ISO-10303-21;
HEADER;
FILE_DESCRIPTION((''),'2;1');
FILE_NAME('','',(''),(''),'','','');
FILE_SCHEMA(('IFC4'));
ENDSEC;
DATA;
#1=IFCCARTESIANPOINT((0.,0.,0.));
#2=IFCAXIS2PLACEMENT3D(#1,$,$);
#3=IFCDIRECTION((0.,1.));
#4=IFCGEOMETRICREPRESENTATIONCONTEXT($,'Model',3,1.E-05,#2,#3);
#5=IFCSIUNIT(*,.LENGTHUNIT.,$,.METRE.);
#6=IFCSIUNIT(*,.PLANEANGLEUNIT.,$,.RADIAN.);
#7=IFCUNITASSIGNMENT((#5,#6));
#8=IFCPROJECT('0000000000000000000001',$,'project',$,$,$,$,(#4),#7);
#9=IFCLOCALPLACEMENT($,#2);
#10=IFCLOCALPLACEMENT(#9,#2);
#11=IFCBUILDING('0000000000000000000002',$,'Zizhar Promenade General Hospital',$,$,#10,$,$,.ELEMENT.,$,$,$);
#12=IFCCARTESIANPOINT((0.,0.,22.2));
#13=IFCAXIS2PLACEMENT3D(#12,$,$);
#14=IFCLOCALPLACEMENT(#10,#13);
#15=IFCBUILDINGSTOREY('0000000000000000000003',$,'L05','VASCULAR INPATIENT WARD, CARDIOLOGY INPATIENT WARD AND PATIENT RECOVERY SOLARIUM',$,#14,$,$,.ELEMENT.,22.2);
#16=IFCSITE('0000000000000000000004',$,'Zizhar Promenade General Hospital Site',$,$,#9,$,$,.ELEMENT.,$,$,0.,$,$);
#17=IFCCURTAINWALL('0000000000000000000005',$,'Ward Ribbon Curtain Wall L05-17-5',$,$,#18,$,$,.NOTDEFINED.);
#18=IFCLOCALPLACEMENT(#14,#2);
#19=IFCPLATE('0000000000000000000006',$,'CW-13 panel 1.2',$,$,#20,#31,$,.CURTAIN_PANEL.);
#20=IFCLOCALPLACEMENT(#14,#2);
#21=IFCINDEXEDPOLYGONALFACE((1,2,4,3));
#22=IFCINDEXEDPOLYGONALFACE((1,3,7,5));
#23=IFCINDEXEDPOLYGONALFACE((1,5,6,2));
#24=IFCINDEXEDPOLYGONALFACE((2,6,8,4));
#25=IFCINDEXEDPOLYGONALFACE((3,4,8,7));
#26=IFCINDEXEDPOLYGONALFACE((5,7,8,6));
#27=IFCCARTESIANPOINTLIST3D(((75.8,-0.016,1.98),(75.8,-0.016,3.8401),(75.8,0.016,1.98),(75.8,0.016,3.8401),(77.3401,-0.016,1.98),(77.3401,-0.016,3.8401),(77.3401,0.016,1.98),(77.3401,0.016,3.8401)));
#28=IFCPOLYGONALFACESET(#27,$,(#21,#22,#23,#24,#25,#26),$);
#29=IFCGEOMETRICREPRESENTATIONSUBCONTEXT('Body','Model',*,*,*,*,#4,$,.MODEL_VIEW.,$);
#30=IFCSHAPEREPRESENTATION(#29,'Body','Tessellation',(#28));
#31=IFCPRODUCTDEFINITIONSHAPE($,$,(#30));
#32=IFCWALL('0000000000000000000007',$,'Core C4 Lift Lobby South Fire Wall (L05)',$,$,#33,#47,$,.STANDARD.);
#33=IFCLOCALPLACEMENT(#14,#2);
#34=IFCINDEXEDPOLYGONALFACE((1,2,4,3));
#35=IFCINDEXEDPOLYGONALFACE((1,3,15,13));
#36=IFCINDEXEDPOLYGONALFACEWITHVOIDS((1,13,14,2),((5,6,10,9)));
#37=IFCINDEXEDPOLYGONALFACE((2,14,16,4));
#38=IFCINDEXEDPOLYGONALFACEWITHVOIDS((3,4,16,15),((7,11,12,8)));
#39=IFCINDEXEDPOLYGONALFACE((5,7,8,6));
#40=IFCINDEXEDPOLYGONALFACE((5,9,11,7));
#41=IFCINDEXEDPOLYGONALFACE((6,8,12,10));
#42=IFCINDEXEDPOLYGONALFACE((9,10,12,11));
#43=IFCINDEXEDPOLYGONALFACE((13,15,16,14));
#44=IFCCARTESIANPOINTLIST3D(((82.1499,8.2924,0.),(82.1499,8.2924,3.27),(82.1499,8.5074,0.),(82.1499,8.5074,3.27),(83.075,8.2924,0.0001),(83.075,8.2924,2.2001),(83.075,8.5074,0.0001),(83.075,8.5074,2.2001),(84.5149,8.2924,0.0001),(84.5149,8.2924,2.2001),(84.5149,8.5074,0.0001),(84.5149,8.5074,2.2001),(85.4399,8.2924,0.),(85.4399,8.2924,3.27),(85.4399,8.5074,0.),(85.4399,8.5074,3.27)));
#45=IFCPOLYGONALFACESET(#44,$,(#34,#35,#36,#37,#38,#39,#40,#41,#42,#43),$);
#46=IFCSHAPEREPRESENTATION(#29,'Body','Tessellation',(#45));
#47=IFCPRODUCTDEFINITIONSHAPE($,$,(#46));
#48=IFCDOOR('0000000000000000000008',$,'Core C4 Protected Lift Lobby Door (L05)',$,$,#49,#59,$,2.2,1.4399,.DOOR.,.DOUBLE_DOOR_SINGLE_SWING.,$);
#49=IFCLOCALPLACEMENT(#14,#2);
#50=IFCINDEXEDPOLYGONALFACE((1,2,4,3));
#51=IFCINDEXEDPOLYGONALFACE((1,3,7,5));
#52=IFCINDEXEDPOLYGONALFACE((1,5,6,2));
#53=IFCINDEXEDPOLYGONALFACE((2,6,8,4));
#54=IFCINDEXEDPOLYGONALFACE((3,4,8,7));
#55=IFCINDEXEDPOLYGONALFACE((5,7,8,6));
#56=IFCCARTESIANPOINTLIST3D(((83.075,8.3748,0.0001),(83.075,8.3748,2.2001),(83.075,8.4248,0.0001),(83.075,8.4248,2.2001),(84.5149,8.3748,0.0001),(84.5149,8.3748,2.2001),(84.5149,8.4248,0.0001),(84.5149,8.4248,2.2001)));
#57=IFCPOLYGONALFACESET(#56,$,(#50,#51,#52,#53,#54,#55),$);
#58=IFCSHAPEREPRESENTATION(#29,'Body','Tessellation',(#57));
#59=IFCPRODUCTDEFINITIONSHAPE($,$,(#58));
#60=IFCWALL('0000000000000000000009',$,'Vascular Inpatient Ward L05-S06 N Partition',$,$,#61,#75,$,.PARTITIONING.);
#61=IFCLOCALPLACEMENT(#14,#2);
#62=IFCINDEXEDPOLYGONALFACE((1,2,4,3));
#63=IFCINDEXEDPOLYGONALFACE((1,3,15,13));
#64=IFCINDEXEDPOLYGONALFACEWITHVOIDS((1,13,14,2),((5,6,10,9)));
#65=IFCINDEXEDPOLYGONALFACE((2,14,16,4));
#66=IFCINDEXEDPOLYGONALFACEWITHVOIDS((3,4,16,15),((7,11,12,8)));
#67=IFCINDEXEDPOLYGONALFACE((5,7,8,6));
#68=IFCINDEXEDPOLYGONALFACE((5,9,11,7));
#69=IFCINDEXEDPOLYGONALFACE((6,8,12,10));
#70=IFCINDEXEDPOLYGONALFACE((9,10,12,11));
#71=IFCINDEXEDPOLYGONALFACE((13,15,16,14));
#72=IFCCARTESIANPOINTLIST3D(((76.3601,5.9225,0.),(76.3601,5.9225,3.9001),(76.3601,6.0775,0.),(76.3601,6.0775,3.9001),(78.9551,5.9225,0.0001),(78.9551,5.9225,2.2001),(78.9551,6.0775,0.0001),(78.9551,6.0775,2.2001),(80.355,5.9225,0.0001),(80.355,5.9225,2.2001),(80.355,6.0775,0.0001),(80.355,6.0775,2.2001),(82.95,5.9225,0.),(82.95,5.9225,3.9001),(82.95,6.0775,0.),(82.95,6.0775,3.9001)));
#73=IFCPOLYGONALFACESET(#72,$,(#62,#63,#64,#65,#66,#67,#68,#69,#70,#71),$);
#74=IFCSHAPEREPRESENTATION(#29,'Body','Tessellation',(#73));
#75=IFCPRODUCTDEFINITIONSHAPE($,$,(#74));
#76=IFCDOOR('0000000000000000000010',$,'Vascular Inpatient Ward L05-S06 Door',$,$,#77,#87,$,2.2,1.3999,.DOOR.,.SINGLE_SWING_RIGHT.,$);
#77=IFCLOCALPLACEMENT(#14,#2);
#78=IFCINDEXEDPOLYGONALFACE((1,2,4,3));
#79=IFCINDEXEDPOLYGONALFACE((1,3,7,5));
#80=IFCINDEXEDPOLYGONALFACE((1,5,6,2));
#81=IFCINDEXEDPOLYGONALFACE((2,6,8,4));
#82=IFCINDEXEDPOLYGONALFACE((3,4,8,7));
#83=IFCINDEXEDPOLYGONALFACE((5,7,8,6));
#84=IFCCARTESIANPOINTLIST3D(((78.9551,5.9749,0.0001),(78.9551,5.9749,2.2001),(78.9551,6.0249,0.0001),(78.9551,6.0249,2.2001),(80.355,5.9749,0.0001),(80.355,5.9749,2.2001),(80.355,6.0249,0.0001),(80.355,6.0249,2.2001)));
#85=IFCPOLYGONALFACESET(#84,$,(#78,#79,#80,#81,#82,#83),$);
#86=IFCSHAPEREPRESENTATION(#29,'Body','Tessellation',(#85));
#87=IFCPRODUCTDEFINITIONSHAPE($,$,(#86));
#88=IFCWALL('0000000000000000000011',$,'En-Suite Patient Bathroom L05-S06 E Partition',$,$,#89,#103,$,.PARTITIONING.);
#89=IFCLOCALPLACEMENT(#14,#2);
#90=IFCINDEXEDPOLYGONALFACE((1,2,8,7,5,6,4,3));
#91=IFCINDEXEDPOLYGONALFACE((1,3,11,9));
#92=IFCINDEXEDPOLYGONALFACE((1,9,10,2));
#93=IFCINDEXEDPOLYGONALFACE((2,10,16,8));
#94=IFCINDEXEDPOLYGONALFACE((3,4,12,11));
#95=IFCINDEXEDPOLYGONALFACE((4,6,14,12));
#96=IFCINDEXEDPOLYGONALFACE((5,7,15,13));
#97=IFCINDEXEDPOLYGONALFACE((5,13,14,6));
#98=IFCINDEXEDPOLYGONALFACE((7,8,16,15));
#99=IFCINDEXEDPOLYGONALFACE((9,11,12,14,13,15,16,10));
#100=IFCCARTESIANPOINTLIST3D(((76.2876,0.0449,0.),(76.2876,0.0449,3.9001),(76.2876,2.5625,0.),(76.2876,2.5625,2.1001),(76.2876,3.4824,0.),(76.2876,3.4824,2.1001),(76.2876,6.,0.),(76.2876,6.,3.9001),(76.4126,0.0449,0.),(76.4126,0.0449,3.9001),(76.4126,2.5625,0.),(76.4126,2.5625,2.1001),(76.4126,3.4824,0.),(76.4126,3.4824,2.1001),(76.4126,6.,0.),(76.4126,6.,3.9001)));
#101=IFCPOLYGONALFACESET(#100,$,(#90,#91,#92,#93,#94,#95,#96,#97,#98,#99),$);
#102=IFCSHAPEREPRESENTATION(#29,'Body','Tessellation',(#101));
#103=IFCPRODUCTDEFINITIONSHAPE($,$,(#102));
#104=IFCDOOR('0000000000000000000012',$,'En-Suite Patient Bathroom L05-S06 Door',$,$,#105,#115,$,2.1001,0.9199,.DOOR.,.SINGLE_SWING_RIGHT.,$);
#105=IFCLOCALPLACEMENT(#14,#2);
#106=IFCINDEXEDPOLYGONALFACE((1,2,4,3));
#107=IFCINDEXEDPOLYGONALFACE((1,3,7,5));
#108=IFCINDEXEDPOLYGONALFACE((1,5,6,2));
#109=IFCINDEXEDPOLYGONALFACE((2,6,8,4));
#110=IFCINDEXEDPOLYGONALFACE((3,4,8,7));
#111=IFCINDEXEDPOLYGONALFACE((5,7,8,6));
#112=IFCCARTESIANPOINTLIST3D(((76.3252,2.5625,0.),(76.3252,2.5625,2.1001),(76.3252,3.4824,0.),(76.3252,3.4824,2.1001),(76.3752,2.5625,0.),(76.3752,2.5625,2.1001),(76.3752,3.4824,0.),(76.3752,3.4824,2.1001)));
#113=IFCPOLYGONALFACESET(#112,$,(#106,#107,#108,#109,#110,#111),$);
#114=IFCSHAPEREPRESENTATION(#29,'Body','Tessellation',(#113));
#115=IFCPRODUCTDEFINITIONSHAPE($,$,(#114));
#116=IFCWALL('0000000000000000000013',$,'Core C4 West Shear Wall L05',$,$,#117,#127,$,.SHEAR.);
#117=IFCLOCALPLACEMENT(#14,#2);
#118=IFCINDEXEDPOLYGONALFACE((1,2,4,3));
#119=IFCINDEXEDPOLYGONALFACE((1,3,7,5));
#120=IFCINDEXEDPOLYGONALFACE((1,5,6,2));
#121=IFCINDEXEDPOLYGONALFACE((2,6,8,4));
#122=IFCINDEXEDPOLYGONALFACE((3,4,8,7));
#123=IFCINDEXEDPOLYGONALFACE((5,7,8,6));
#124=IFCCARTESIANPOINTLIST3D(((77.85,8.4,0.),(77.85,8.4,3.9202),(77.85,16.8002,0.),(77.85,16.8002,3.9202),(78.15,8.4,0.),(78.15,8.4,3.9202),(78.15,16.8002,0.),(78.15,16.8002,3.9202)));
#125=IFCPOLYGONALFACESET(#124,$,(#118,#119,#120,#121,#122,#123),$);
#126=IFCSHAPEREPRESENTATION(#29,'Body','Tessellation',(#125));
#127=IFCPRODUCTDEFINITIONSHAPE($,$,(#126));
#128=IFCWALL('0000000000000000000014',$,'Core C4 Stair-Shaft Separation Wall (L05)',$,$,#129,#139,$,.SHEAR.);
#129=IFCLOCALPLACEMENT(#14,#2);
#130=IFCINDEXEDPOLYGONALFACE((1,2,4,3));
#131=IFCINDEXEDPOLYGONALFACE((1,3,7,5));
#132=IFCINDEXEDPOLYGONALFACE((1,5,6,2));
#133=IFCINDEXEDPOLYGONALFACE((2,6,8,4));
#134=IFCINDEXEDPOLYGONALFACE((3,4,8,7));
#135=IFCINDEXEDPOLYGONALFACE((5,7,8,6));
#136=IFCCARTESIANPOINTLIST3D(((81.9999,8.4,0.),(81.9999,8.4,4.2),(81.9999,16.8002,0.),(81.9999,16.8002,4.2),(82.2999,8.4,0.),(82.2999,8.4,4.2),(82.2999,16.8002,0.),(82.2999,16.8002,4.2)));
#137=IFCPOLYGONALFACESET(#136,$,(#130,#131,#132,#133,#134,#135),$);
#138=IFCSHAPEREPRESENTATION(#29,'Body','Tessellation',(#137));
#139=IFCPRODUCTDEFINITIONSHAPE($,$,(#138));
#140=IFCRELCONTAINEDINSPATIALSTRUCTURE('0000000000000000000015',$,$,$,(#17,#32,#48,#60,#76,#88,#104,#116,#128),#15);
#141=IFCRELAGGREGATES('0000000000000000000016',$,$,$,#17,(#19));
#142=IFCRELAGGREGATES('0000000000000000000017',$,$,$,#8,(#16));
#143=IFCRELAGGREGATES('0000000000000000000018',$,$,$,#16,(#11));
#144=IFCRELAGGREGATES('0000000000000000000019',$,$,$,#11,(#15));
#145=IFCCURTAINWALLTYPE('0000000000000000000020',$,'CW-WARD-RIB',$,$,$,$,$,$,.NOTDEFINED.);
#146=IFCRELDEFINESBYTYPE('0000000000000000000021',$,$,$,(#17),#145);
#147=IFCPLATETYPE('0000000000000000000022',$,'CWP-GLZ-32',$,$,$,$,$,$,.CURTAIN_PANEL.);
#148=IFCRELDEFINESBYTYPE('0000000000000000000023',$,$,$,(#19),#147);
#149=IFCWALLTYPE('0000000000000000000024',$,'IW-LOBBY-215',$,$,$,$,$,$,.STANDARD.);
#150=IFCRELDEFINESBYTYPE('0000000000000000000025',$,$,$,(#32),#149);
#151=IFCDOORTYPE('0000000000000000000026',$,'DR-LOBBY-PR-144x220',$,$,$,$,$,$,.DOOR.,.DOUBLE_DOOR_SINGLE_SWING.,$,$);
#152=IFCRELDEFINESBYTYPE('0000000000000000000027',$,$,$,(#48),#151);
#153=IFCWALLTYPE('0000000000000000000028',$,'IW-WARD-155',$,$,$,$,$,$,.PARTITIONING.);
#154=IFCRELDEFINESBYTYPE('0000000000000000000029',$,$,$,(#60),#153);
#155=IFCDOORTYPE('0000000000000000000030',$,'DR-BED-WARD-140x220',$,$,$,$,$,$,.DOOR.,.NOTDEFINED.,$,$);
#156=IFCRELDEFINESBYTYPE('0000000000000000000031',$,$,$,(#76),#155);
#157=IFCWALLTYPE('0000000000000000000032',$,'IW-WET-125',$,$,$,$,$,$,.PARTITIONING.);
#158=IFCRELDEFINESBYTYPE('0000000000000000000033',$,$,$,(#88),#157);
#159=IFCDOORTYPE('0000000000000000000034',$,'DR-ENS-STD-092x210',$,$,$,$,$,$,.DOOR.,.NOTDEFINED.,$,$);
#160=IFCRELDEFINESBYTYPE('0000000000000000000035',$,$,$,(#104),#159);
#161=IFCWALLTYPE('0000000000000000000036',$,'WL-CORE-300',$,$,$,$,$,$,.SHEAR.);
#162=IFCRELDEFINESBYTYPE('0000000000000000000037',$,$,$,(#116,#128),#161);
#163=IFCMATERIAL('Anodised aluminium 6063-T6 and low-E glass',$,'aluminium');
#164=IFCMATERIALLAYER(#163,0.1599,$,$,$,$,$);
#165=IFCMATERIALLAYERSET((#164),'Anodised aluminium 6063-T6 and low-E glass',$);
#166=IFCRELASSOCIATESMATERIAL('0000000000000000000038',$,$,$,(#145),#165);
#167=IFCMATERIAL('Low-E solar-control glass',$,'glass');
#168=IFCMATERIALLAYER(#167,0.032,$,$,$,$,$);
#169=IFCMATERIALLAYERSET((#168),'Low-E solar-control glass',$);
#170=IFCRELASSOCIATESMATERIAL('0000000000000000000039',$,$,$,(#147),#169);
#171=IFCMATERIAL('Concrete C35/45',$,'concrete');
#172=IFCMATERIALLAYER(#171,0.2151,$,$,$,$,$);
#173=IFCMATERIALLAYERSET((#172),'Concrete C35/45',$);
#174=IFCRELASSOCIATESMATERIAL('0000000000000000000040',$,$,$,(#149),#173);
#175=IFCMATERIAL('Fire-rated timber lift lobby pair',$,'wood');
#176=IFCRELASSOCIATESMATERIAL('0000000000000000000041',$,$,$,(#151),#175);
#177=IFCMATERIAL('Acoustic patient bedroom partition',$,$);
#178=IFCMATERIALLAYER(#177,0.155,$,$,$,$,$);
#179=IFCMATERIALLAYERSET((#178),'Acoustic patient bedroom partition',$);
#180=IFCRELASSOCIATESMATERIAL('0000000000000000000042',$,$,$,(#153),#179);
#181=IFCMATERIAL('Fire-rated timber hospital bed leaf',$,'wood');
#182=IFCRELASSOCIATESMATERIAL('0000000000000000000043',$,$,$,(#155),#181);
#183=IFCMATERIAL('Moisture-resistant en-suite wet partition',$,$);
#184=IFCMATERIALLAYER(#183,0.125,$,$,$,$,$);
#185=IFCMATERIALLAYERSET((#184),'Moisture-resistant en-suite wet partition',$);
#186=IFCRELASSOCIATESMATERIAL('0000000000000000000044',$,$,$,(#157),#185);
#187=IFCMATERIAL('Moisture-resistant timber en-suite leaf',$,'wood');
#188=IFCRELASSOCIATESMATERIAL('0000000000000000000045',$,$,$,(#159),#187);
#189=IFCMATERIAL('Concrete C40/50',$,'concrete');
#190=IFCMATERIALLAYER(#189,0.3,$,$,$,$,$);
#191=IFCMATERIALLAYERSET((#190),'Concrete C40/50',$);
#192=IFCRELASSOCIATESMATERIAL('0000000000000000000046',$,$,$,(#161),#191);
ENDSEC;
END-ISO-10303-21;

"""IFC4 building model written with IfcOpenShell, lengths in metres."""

from ifc_helpers import new_model, si_unit, direction, frame, frame_2d, origin, origin_2d, place, context, subcontext, project, spatial, rectangle, extrude, material, layer, layer_set, type_object, element, fill, aggregate, save


model = new_model("IFC4")

# Units and contexts
model_context = context("Model", 3, precision=1e-05, world=origin(), true_north=direction((0.0, 1.0)))
body_context = subcontext(model_context, "Body", "Model", "MODEL_VIEW")
ifc_project = project(units=[si_unit("LENGTHUNIT", "METRE"), si_unit("PLANEANGLEUNIT", "RADIAN")], contexts=[model_context])

# Site, building, storey
site_placement = place(None, origin())
site = spatial("IfcSite", under=ifc_project, at=site_placement, Name="Zizhar Promenade General Hospital Site", CompositionType="ELEMENT", RefElevation=0.0)
building_placement = place(site_placement, origin())
building = spatial("IfcBuilding", under=site, at=building_placement, Name="Zizhar Promenade General Hospital", CompositionType="ELEMENT")
storey_placement = place(building_placement, frame((0.0, 0.0, 22.2)))
storey = spatial("IfcBuildingStorey", under=building, at=storey_placement, Name="L05", Description="VASCULAR INPATIENT WARD, CARDIOLOGY INPATIENT WARD AND PATIENT RECOVERY SOLARIUM", CompositionType="ELEMENT", Elevation=22.2)

# Shared definitions
ifc_material_1 = material(Name="Anodised aluminium 6063-T6 and low-E glass", Category="aluminium")
ifc_layer_1 = layer(ifc_material_1, 0.1599)
ifc_layer_set_1 = layer_set([ifc_layer_1], Name="Anodised aluminium 6063-T6 and low-E glass")
curtain_wall_type = type_object("IfcCurtainWallType", Name="CW-WARD-RIB", PredefinedType="NOTDEFINED", material=ifc_layer_set_1)

# Curtain wall
curtain_wall_1_placement = place(storey_placement, origin())
curtain_wall_1 = element("IfcCurtainWall", 1, at=curtain_wall_1_placement, inside=storey, type_object=curtain_wall_type, Name="Ward Ribbon Curtain Wall L05-17-5", PredefinedType="NOTDEFINED")

# Plate
ifc_material_2 = material(Name="Low-E solar-control glass", Category="glass")
ifc_layer_2 = layer(ifc_material_2, 0.032)
ifc_layer_set_2 = layer_set([ifc_layer_2], Name="Low-E solar-control glass")
plate_type = type_object("IfcPlateType", Name="CWP-GLZ-32", PredefinedType="CURTAIN_PANEL", material=ifc_layer_set_2)
plate_1_placement = place(storey_placement, frame((76.5701, 0.0, 1.98), z_axis=(0.0, 0.0, 1.0), x_axis=(-1.0, 0.0, 0.0)))
plate_1 = element("IfcPlate", 2, at=plate_1_placement, type_object=plate_type, Name="CW-13 panel 1.2", PredefinedType="CURTAIN_PANEL", context=body_context, shape_type="SweptSolid", body=[
    extrude(rectangle(XDim=1.54, YDim=0.032, at=origin_2d()), origin(), (0.0, 0.0, 1.0), 1.8601),
])
aggregate(curtain_wall_1, [plate_1])

# Walls, openings, doors
ifc_material_3 = material(Name="Concrete C35/45", Category="concrete")
ifc_layer_3 = layer(ifc_material_3, 0.2151)
ifc_layer_set_3 = layer_set([ifc_layer_3], Name="Concrete C35/45")
wall_type_1 = type_object("IfcWallType", Name="IW-LOBBY-215", PredefinedType="STANDARD", material=ifc_layer_set_3)
wall_1_placement = place(storey_placement, frame((82.1499, 8.3999, 0.0), z_axis=(0.0, 0.0, 1.0), x_axis=(1.0, 0.0, 0.0)))
wall_1 = element("IfcWall", 3, at=wall_1_placement, inside=storey, type_object=wall_type_1, Name="Core C4 Lift Lobby South Fire Wall (L05)", PredefinedType="STANDARD", context=body_context, shape_type="SweptSolid", body=[
    extrude(rectangle(XDim=3.29, YDim=0.2151, at=frame_2d((1.645, 0.0))), origin(), (0.0, 0.0, 1.0), 3.27),
])
opening_1_placement = place(wall_1_placement, frame((0.925, 0.0, 0.0)))
opening_1 = element("IfcOpeningElement", 4, at=opening_1_placement, cuts=wall_1, PredefinedType="OPENING", context=body_context, shape_type="SweptSolid", body=[
    extrude(rectangle(XDim=1.4399, YDim=2.2, at=frame_2d((0.72, 1.1001))), frame((0.0, 0.1177, 0.0), z_axis=(0.0, -1.0, 0.0), x_axis=(1.0, 0.0, 0.0)), (0.0, 0.0, 1.0), 0.2351),
])
ifc_material_4 = material(Name="Fire-rated timber lift lobby pair", Category="wood")
door_type_1 = type_object("IfcDoorType", Name="DR-LOBBY-PR-144x220", OperationType="DOUBLE_DOOR_SINGLE_SWING", PredefinedType="DOOR", material=ifc_material_4)
door_1_placement = place(opening_1_placement, origin())
door_1 = element("IfcDoor", 5, at=door_1_placement, inside=storey, type_object=door_type_1, Name="Core C4 Protected Lift Lobby Door (L05)", OperationType="DOUBLE_DOOR_SINGLE_SWING", OverallHeight=2.2, OverallWidth=1.4399, PredefinedType="DOOR", context=body_context, shape_type="SweptSolid", body=[
    extrude(rectangle(XDim=1.4399, YDim=2.2, at=frame_2d((0.72, 1.1001))), frame((0.0, 0.0249, 0.0), z_axis=(0.0, -1.0, 0.0), x_axis=(1.0, 0.0, 0.0)), (0.0, 0.0, 1.0), 0.05),
])
fill(opening_1, door_1)
ifc_material_5 = material(Name="Acoustic patient bedroom partition")
ifc_layer_4 = layer(ifc_material_5, 0.155)
ifc_layer_set_4 = layer_set([ifc_layer_4], Name="Acoustic patient bedroom partition")
wall_type_2 = type_object("IfcWallType", Name="IW-WARD-155", PredefinedType="PARTITIONING", material=ifc_layer_set_4)
wall_2_placement = place(storey_placement, frame((76.3601, 6.0, 0.0), z_axis=(0.0, 0.0, 1.0), x_axis=(1.0, 0.0, 0.0)))
wall_2 = element("IfcWall", 6, at=wall_2_placement, inside=storey, type_object=wall_type_2, Name="Vascular Inpatient Ward L05-S06 N Partition", PredefinedType="PARTITIONING", context=body_context, shape_type="SweptSolid", body=[
    extrude(rectangle(XDim=6.5898, YDim=0.155, at=frame_2d((3.2949, 0.0))), origin(), (0.0, 0.0, 1.0), 3.9001),
])
opening_2_placement = place(wall_2_placement, frame((2.595, 0.0, 0.0)))
opening_2 = element("IfcOpeningElement", 7, at=opening_2_placement, cuts=wall_2, PredefinedType="OPENING", context=body_context, shape_type="SweptSolid", body=[
    extrude(rectangle(XDim=1.3999, YDim=2.2, at=frame_2d((0.7, 1.1001))), frame((0.0, 0.0874, 0.0), z_axis=(0.0, -1.0, 0.0), x_axis=(1.0, 0.0, 0.0)), (0.0, 0.0, 1.0), 0.175),
])
ifc_material_6 = material(Name="Fire-rated timber hospital bed leaf", Category="wood")
door_type_2 = type_object("IfcDoorType", Name="DR-BED-WARD-140x220", OperationType="NOTDEFINED", PredefinedType="DOOR", material=ifc_material_6)
door_2_placement = place(opening_2_placement, origin())
door_2 = element("IfcDoor", 8, at=door_2_placement, inside=storey, type_object=door_type_2, Name="Vascular Inpatient Ward L05-S06 Door", OperationType="SINGLE_SWING_RIGHT", OverallHeight=2.2, OverallWidth=1.3999, PredefinedType="DOOR", context=body_context, shape_type="SweptSolid", body=[
    extrude(rectangle(XDim=1.3999, YDim=2.2, at=frame_2d((0.7, 1.1001))), frame((0.0, 0.0249, 0.0), z_axis=(0.0, -1.0, 0.0), x_axis=(1.0, 0.0, 0.0)), (0.0, 0.0, 1.0), 0.05),
])
fill(opening_2, door_2)
ifc_material_7 = material(Name="Moisture-resistant en-suite wet partition")
ifc_layer_5 = layer(ifc_material_7, 0.125)
ifc_layer_set_5 = layer_set([ifc_layer_5], Name="Moisture-resistant en-suite wet partition")
wall_type_3 = type_object("IfcWallType", Name="IW-WET-125", PredefinedType="PARTITIONING", material=ifc_layer_set_5)
wall_3_placement = place(storey_placement, frame((76.3501, 0.0449, 0.0), z_axis=(0.0, 0.0, 1.0), x_axis=(0.0, 1.0, 0.0)))
wall_3 = element("IfcWall", 9, at=wall_3_placement, inside=storey, type_object=wall_type_3, Name="En-Suite Patient Bathroom L05-S06 E Partition", PredefinedType="PARTITIONING", context=body_context, shape_type="SweptSolid", body=[
    extrude(rectangle(XDim=5.9551, YDim=0.125, at=frame_2d((2.9775, 0.0))), origin(), (0.0, 0.0, 1.0), 3.9001),
])
opening_3_placement = place(wall_3_placement, frame((2.5176, 0.0, 0.0)))
opening_3 = element("IfcOpeningElement", 10, at=opening_3_placement, cuts=wall_3, PredefinedType="OPENING", context=body_context, shape_type="SweptSolid", body=[
    extrude(rectangle(XDim=0.9199, YDim=2.1001, at=frame_2d((0.46, 1.05))), frame((0.0, 0.0725, 0.0), z_axis=(0.0, -1.0, 0.0), x_axis=(1.0, 0.0, 0.0)), (0.0, 0.0, 1.0), 0.145),
])
ifc_material_8 = material(Name="Moisture-resistant timber en-suite leaf", Category="wood")
door_type_3 = type_object("IfcDoorType", Name="DR-ENS-STD-092x210", OperationType="NOTDEFINED", PredefinedType="DOOR", material=ifc_material_8)
door_3_placement = place(opening_3_placement, origin())
door_3 = element("IfcDoor", 11, at=door_3_placement, inside=storey, type_object=door_type_3, Name="En-Suite Patient Bathroom L05-S06 Door", OperationType="SINGLE_SWING_RIGHT", OverallHeight=2.1001, OverallWidth=0.9199, PredefinedType="DOOR", context=body_context, shape_type="SweptSolid", body=[
    extrude(rectangle(XDim=0.9199, YDim=2.1001, at=frame_2d((0.46, 1.05))), frame((0.0, 0.0249, 0.0), z_axis=(0.0, -1.0, 0.0), x_axis=(1.0, 0.0, 0.0)), (0.0, 0.0, 1.0), 0.05),
])
fill(opening_3, door_3)

# Wall
ifc_material_9 = material(Name="Concrete C40/50", Category="concrete")
ifc_layer_6 = layer(ifc_material_9, 0.3)
ifc_layer_set_6 = layer_set([ifc_layer_6], Name="Concrete C40/50")
wall_type_4 = type_object("IfcWallType", Name="WL-CORE-300", PredefinedType="SHEAR", material=ifc_layer_set_6)
wall_4_placement = place(storey_placement, frame((78.0, 8.3999, 0.0), z_axis=(0.0, 0.0, 1.0), x_axis=(0.0, 1.0, 0.0)))
element("IfcWall", 12, at=wall_4_placement, inside=storey, type_object=wall_type_4, Name="Core C4 West Shear Wall L05", PredefinedType="SHEAR", context=body_context, shape_type="SweptSolid", body=[
    extrude(rectangle(XDim=8.4001, YDim=0.3, at=frame_2d((4.2002, 0.0))), origin(), (0.0, 0.0, 1.0), 3.9202),
])

# Wall
wall_5_placement = place(storey_placement, frame((82.1499, 8.3999, 0.0), z_axis=(0.0, 0.0, 1.0), x_axis=(0.0, 1.0, 0.0)))
element("IfcWall", 13, at=wall_5_placement, inside=storey, type_object=wall_type_4, Name="Core C4 Stair-Shaft Separation Wall (L05)", PredefinedType="SHEAR", context=body_context, shape_type="SweptSolid", body=[
    extrude(rectangle(XDim=8.4001, YDim=0.3, at=frame_2d((4.2002, 0.0))), origin(), (0.0, 0.0, 1.0), 4.2),
])

save(model, "model.ifc")
